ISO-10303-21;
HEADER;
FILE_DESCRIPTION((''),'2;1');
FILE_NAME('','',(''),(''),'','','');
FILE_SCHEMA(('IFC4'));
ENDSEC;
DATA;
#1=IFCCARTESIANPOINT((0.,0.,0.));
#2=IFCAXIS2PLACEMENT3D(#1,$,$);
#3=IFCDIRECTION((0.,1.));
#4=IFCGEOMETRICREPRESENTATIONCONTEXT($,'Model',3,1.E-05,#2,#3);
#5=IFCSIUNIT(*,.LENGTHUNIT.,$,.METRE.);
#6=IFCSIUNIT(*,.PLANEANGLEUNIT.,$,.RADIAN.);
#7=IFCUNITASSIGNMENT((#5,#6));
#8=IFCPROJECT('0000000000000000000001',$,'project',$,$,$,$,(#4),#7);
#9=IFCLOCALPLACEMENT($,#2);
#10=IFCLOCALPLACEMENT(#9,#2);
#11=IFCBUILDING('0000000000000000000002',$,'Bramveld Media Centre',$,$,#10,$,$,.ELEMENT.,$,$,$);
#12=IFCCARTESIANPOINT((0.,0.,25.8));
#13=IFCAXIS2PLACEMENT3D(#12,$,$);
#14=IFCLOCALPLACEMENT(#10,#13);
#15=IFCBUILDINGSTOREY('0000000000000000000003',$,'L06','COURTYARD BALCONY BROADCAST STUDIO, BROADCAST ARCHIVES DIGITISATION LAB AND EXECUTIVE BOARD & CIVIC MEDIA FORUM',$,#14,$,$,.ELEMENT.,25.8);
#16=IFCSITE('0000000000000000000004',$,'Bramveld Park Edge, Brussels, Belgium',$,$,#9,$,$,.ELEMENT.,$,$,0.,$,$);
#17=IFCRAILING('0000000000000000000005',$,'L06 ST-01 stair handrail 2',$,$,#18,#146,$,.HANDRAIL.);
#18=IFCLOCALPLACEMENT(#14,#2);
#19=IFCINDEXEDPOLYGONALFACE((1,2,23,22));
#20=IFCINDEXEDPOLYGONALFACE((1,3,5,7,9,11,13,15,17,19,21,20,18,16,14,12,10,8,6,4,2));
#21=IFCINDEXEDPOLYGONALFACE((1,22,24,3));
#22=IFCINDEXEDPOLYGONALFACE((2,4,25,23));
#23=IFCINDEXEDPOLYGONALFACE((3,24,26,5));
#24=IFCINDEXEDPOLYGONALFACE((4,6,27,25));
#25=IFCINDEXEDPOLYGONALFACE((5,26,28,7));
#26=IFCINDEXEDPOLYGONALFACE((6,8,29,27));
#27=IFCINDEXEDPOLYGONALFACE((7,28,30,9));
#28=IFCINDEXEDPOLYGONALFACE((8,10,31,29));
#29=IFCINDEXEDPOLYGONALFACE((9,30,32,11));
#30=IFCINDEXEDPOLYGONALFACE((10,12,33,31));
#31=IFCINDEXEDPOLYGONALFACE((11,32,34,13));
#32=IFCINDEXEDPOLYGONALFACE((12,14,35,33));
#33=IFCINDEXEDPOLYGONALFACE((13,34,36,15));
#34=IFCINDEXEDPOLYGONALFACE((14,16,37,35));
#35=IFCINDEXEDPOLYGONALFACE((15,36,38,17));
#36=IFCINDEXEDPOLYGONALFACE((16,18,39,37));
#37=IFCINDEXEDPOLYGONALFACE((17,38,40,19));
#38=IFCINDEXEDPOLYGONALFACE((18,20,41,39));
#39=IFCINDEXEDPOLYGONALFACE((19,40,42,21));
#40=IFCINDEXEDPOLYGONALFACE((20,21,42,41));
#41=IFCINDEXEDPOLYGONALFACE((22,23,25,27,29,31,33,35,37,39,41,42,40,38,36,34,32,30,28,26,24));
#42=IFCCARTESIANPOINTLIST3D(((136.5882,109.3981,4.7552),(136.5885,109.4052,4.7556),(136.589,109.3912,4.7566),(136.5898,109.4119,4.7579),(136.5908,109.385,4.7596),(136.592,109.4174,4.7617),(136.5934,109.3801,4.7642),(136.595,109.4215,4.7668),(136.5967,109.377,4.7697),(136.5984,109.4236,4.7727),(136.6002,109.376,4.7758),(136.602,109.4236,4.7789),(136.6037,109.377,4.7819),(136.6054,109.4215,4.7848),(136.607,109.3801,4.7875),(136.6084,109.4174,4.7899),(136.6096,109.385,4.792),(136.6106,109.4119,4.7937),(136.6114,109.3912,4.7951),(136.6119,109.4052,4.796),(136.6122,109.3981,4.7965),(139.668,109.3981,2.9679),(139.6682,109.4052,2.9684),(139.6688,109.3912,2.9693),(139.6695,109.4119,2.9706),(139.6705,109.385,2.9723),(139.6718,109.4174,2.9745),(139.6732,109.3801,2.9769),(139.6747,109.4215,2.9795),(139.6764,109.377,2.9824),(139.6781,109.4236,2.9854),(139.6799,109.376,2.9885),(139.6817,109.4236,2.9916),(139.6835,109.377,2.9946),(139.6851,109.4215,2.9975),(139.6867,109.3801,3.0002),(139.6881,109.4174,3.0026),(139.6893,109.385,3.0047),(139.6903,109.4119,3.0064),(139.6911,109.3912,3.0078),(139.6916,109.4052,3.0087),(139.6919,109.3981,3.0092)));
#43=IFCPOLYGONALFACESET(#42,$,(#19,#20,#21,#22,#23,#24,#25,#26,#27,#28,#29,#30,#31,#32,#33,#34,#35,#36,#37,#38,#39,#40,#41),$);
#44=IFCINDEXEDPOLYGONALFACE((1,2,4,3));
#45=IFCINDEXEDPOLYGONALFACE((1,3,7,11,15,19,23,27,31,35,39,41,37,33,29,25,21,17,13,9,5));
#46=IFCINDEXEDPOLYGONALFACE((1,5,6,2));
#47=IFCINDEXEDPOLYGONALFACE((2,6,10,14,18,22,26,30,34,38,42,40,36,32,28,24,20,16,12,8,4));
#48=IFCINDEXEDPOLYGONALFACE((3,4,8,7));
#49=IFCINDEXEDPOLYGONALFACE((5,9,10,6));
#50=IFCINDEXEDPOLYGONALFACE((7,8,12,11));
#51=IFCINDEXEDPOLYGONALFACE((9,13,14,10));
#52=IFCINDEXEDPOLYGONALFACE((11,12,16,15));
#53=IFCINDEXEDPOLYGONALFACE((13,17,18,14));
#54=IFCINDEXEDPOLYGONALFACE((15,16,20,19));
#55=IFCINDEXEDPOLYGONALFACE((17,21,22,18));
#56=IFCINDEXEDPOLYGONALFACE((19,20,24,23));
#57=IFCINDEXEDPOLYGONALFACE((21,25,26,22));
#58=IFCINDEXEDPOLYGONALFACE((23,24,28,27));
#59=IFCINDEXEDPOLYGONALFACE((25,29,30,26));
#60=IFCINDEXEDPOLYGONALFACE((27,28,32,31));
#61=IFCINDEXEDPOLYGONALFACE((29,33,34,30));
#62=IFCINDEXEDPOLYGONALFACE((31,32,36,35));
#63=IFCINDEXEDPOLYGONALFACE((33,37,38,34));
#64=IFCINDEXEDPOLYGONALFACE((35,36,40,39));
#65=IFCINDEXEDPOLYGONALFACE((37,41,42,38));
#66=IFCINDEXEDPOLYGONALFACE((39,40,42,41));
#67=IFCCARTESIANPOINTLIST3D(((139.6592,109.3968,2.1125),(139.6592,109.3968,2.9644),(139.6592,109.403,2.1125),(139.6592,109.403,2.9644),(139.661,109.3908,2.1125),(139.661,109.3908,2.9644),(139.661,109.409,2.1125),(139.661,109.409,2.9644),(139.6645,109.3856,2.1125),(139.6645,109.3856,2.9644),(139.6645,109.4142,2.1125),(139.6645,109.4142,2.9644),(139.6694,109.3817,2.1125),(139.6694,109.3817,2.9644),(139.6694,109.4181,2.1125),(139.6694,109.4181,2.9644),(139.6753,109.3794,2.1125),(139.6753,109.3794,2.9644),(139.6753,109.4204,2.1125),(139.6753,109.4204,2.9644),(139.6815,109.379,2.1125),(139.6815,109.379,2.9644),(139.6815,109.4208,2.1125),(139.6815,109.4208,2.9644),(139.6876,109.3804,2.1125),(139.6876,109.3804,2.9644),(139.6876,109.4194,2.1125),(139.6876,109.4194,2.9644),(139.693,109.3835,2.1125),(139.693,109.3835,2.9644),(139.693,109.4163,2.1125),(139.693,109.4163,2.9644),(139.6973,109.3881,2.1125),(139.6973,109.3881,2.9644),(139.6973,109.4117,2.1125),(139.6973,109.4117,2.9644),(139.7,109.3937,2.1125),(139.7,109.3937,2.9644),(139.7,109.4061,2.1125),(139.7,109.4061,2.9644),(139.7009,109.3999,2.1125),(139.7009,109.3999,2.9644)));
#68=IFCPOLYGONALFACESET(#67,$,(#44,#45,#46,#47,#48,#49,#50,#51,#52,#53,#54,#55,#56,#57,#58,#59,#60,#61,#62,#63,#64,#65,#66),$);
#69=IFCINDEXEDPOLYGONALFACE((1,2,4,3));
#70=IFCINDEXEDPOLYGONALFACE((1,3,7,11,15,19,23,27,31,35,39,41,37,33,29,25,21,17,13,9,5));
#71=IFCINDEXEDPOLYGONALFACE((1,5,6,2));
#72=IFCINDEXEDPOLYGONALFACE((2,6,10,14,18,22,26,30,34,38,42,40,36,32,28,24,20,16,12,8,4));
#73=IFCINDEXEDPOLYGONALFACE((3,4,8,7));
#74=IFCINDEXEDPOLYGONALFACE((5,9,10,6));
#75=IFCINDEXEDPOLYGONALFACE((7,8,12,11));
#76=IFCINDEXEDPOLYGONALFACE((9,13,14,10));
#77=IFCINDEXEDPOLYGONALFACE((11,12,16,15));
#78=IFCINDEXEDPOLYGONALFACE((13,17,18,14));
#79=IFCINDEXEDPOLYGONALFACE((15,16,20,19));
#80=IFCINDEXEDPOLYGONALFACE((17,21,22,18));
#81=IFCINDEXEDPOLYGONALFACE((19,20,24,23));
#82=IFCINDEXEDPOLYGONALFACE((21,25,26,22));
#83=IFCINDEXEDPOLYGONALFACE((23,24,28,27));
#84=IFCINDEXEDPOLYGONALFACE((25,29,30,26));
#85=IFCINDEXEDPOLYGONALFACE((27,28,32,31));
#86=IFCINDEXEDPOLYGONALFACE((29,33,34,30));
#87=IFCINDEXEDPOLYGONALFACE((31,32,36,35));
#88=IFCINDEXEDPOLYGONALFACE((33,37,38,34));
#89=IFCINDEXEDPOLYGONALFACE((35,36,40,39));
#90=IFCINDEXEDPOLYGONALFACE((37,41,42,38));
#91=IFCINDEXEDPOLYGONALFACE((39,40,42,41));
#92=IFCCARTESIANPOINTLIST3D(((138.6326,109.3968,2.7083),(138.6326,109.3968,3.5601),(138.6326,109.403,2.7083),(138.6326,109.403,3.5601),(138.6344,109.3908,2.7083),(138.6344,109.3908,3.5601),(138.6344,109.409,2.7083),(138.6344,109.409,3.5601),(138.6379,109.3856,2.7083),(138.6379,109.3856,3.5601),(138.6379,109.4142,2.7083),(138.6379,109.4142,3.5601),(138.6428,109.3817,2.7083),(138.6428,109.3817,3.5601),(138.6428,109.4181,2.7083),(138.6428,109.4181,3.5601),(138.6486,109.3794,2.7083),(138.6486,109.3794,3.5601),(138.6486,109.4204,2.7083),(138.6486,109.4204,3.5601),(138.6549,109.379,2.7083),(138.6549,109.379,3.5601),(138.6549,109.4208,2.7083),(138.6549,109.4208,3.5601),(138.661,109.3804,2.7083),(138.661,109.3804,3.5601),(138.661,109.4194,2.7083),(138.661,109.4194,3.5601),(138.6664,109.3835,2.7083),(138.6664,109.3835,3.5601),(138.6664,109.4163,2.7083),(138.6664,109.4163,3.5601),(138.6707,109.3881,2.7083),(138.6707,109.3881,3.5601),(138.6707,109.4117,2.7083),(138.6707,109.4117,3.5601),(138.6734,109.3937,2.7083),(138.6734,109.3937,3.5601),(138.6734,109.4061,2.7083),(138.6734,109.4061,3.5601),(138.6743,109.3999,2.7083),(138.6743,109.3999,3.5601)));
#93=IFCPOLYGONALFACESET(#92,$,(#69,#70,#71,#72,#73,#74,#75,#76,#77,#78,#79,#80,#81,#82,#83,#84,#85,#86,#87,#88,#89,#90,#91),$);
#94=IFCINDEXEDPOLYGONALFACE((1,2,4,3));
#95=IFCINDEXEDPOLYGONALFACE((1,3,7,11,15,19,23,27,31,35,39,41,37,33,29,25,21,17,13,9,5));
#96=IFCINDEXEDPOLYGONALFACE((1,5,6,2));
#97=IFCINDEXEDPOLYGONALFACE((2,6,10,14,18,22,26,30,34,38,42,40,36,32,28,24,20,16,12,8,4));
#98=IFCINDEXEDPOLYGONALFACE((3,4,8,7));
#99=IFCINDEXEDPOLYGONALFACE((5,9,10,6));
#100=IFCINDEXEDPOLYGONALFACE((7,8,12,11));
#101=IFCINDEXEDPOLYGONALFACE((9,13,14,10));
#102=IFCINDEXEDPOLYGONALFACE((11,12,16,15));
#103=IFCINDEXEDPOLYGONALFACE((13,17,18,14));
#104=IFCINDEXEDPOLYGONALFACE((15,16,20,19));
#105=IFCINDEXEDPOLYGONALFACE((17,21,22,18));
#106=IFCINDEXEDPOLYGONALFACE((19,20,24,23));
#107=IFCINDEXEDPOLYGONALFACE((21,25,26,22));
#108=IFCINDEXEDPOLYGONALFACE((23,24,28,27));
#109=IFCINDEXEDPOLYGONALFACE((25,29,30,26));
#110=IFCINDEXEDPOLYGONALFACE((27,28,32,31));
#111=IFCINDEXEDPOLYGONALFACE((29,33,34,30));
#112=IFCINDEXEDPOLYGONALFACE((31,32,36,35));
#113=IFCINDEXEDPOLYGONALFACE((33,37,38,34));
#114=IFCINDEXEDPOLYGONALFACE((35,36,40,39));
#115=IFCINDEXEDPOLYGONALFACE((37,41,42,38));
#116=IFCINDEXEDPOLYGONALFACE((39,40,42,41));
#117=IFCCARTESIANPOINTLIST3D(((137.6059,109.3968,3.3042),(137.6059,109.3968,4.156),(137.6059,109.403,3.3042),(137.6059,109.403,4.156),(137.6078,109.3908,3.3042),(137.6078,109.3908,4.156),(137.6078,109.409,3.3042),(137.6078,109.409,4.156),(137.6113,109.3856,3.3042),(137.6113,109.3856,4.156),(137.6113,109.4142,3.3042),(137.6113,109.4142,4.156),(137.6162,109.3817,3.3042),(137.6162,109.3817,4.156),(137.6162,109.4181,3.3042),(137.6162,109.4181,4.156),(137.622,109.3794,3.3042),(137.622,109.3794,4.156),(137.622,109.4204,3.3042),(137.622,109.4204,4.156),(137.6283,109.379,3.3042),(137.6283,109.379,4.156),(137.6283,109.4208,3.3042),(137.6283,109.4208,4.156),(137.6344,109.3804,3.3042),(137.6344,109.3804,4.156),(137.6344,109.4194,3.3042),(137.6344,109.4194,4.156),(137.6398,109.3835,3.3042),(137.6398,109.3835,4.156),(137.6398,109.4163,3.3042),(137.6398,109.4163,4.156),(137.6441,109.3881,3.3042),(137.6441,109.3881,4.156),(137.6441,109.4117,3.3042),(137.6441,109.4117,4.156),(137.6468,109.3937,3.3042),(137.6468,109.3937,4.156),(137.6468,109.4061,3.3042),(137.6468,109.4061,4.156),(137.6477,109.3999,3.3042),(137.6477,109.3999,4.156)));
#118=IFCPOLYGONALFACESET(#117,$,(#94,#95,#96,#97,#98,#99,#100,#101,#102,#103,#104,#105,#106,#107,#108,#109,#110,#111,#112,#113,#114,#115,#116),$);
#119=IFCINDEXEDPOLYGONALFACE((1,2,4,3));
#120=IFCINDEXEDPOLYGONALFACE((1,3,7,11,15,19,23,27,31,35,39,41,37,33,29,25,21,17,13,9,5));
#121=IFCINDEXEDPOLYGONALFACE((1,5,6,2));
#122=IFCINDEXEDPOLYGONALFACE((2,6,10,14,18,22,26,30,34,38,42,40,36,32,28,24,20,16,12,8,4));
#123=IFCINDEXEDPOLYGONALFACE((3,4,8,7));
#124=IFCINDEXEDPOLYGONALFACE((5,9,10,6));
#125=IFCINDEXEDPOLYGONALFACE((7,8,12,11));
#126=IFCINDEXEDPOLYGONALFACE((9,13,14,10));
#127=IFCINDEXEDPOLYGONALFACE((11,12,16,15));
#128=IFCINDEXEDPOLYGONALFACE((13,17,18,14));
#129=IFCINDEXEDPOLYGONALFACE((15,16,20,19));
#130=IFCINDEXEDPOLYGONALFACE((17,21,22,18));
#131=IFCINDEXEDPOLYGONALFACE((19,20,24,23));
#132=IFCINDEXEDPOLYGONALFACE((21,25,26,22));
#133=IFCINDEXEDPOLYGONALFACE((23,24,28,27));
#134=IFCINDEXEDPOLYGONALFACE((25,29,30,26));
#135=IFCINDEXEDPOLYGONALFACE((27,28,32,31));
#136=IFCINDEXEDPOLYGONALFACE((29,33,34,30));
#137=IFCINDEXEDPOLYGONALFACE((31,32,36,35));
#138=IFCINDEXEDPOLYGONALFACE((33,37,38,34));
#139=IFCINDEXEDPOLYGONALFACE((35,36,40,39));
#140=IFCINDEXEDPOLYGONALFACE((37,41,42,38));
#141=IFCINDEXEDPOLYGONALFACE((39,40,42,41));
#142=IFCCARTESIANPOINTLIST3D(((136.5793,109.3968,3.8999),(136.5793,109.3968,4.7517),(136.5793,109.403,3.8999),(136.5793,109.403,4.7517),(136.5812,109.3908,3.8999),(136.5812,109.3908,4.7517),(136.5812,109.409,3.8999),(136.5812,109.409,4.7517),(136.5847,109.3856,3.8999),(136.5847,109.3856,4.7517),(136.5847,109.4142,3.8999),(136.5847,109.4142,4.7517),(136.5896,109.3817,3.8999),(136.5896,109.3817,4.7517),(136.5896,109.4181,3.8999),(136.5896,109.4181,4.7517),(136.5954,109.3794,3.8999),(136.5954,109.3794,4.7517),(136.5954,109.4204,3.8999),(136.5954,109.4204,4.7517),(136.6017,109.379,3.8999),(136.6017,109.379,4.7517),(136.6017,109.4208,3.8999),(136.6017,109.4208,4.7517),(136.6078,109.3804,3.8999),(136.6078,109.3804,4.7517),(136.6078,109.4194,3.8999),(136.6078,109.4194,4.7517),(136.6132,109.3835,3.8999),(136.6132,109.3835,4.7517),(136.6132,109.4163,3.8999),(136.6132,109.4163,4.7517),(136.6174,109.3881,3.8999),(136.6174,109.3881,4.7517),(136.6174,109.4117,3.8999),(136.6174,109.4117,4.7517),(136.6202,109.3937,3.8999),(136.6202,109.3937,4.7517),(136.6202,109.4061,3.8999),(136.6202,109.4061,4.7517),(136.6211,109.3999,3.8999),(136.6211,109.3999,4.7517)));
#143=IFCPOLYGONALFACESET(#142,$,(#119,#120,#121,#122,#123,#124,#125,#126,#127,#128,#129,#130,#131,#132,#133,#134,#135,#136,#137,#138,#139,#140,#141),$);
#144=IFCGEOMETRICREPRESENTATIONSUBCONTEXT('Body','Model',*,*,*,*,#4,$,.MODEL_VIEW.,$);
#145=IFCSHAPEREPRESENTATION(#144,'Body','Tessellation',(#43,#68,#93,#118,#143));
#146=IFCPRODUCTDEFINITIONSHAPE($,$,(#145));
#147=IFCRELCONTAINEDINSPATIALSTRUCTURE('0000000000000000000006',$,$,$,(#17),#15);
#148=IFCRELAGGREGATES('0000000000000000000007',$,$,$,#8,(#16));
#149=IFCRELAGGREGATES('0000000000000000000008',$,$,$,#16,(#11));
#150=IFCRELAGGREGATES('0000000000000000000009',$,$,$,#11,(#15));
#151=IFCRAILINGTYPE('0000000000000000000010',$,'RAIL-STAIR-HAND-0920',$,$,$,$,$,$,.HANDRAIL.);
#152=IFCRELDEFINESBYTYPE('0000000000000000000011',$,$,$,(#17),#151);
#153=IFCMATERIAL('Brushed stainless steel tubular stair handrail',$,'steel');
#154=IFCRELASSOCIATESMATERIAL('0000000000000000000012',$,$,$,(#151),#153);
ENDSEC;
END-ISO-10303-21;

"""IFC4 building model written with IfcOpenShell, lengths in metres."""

from ifc_helpers import new_model, si_unit, direction, frame, origin, origin_2d, place, context, subcontext, project, spatial, circle, extrude, material, type_object, element, save


model = new_model("IFC4")

# Units and contexts
model_context = context("Model", 3, precision=1e-05, world=origin(), true_north=direction((0.0, 1.0)))
body_context = subcontext(model_context, "Body", "Model", "MODEL_VIEW")
ifc_project = project(units=[si_unit("LENGTHUNIT", "METRE"), si_unit("PLANEANGLEUNIT", "RADIAN")], contexts=[model_context])

# Site, building, storey
site_placement = place(None, origin())
site = spatial("IfcSite", under=ifc_project, at=site_placement, Name="Bramveld Park Edge, Brussels, Belgium", CompositionType="ELEMENT", RefElevation=0.0)
building_placement = place(site_placement, origin())
building = spatial("IfcBuilding", under=site, at=building_placement, Name="Bramveld Media Centre", CompositionType="ELEMENT")
storey_placement = place(building_placement, frame((0.0, 0.0, 25.8)))
storey = spatial("IfcBuildingStorey", under=building, at=storey_placement, Name="L06", Description="COURTYARD BALCONY BROADCAST STUDIO, BROADCAST ARCHIVES DIGITISATION LAB AND EXECUTIVE BOARD & CIVIC MEDIA FORUM", CompositionType="ELEMENT", Elevation=25.8)

# Railing
ifc_material_1 = material(Name="Brushed stainless steel tubular stair handrail", Category="steel")
railing_type_1 = type_object("IfcRailingType", Name="RAIL-STAIR-HAND-0920", PredefinedType="HANDRAIL", material=ifc_material_1)
railing_1_placement = place(storey_placement, frame((139.6799, 109.3999, 2.1125)))
element("IfcRailing", 1, at=railing_1_placement, inside=storey, type_object=railing_type_1, Name="L06 ST-01 stair handrail 2", PredefinedType="HANDRAIL", context=body_context, shape_type="SweptSolid", body=[
    extrude(circle(Radius=0.0239, at=origin_2d()), frame((0.0, 0.0, 0.876), z_axis=(-0.864903, 0.0, 0.501939), x_axis=(0.0, -1.0, 0.0)), (0.0, 0.0, 1.0), 3.5608),
    extrude(circle(Radius=0.021, at=origin_2d()), origin(), (0.0, 0.0, 1.0), 0.8518),
    extrude(circle(Radius=0.021, at=origin_2d()), frame((-1.0266, 0.0, 0.5957)), (0.0, 0.0, 1.0), 0.8518),
    extrude(circle(Radius=0.021, at=origin_2d()), frame((-2.0532, 0.0, 1.1917)), (0.0, 0.0, 1.0), 0.8518),
    extrude(circle(Radius=0.021, at=origin_2d()), frame((-3.0798, 0.0, 1.7874)), (0.0, 0.0, 1.0), 0.8518),
])

save(model, "model.ifc")
